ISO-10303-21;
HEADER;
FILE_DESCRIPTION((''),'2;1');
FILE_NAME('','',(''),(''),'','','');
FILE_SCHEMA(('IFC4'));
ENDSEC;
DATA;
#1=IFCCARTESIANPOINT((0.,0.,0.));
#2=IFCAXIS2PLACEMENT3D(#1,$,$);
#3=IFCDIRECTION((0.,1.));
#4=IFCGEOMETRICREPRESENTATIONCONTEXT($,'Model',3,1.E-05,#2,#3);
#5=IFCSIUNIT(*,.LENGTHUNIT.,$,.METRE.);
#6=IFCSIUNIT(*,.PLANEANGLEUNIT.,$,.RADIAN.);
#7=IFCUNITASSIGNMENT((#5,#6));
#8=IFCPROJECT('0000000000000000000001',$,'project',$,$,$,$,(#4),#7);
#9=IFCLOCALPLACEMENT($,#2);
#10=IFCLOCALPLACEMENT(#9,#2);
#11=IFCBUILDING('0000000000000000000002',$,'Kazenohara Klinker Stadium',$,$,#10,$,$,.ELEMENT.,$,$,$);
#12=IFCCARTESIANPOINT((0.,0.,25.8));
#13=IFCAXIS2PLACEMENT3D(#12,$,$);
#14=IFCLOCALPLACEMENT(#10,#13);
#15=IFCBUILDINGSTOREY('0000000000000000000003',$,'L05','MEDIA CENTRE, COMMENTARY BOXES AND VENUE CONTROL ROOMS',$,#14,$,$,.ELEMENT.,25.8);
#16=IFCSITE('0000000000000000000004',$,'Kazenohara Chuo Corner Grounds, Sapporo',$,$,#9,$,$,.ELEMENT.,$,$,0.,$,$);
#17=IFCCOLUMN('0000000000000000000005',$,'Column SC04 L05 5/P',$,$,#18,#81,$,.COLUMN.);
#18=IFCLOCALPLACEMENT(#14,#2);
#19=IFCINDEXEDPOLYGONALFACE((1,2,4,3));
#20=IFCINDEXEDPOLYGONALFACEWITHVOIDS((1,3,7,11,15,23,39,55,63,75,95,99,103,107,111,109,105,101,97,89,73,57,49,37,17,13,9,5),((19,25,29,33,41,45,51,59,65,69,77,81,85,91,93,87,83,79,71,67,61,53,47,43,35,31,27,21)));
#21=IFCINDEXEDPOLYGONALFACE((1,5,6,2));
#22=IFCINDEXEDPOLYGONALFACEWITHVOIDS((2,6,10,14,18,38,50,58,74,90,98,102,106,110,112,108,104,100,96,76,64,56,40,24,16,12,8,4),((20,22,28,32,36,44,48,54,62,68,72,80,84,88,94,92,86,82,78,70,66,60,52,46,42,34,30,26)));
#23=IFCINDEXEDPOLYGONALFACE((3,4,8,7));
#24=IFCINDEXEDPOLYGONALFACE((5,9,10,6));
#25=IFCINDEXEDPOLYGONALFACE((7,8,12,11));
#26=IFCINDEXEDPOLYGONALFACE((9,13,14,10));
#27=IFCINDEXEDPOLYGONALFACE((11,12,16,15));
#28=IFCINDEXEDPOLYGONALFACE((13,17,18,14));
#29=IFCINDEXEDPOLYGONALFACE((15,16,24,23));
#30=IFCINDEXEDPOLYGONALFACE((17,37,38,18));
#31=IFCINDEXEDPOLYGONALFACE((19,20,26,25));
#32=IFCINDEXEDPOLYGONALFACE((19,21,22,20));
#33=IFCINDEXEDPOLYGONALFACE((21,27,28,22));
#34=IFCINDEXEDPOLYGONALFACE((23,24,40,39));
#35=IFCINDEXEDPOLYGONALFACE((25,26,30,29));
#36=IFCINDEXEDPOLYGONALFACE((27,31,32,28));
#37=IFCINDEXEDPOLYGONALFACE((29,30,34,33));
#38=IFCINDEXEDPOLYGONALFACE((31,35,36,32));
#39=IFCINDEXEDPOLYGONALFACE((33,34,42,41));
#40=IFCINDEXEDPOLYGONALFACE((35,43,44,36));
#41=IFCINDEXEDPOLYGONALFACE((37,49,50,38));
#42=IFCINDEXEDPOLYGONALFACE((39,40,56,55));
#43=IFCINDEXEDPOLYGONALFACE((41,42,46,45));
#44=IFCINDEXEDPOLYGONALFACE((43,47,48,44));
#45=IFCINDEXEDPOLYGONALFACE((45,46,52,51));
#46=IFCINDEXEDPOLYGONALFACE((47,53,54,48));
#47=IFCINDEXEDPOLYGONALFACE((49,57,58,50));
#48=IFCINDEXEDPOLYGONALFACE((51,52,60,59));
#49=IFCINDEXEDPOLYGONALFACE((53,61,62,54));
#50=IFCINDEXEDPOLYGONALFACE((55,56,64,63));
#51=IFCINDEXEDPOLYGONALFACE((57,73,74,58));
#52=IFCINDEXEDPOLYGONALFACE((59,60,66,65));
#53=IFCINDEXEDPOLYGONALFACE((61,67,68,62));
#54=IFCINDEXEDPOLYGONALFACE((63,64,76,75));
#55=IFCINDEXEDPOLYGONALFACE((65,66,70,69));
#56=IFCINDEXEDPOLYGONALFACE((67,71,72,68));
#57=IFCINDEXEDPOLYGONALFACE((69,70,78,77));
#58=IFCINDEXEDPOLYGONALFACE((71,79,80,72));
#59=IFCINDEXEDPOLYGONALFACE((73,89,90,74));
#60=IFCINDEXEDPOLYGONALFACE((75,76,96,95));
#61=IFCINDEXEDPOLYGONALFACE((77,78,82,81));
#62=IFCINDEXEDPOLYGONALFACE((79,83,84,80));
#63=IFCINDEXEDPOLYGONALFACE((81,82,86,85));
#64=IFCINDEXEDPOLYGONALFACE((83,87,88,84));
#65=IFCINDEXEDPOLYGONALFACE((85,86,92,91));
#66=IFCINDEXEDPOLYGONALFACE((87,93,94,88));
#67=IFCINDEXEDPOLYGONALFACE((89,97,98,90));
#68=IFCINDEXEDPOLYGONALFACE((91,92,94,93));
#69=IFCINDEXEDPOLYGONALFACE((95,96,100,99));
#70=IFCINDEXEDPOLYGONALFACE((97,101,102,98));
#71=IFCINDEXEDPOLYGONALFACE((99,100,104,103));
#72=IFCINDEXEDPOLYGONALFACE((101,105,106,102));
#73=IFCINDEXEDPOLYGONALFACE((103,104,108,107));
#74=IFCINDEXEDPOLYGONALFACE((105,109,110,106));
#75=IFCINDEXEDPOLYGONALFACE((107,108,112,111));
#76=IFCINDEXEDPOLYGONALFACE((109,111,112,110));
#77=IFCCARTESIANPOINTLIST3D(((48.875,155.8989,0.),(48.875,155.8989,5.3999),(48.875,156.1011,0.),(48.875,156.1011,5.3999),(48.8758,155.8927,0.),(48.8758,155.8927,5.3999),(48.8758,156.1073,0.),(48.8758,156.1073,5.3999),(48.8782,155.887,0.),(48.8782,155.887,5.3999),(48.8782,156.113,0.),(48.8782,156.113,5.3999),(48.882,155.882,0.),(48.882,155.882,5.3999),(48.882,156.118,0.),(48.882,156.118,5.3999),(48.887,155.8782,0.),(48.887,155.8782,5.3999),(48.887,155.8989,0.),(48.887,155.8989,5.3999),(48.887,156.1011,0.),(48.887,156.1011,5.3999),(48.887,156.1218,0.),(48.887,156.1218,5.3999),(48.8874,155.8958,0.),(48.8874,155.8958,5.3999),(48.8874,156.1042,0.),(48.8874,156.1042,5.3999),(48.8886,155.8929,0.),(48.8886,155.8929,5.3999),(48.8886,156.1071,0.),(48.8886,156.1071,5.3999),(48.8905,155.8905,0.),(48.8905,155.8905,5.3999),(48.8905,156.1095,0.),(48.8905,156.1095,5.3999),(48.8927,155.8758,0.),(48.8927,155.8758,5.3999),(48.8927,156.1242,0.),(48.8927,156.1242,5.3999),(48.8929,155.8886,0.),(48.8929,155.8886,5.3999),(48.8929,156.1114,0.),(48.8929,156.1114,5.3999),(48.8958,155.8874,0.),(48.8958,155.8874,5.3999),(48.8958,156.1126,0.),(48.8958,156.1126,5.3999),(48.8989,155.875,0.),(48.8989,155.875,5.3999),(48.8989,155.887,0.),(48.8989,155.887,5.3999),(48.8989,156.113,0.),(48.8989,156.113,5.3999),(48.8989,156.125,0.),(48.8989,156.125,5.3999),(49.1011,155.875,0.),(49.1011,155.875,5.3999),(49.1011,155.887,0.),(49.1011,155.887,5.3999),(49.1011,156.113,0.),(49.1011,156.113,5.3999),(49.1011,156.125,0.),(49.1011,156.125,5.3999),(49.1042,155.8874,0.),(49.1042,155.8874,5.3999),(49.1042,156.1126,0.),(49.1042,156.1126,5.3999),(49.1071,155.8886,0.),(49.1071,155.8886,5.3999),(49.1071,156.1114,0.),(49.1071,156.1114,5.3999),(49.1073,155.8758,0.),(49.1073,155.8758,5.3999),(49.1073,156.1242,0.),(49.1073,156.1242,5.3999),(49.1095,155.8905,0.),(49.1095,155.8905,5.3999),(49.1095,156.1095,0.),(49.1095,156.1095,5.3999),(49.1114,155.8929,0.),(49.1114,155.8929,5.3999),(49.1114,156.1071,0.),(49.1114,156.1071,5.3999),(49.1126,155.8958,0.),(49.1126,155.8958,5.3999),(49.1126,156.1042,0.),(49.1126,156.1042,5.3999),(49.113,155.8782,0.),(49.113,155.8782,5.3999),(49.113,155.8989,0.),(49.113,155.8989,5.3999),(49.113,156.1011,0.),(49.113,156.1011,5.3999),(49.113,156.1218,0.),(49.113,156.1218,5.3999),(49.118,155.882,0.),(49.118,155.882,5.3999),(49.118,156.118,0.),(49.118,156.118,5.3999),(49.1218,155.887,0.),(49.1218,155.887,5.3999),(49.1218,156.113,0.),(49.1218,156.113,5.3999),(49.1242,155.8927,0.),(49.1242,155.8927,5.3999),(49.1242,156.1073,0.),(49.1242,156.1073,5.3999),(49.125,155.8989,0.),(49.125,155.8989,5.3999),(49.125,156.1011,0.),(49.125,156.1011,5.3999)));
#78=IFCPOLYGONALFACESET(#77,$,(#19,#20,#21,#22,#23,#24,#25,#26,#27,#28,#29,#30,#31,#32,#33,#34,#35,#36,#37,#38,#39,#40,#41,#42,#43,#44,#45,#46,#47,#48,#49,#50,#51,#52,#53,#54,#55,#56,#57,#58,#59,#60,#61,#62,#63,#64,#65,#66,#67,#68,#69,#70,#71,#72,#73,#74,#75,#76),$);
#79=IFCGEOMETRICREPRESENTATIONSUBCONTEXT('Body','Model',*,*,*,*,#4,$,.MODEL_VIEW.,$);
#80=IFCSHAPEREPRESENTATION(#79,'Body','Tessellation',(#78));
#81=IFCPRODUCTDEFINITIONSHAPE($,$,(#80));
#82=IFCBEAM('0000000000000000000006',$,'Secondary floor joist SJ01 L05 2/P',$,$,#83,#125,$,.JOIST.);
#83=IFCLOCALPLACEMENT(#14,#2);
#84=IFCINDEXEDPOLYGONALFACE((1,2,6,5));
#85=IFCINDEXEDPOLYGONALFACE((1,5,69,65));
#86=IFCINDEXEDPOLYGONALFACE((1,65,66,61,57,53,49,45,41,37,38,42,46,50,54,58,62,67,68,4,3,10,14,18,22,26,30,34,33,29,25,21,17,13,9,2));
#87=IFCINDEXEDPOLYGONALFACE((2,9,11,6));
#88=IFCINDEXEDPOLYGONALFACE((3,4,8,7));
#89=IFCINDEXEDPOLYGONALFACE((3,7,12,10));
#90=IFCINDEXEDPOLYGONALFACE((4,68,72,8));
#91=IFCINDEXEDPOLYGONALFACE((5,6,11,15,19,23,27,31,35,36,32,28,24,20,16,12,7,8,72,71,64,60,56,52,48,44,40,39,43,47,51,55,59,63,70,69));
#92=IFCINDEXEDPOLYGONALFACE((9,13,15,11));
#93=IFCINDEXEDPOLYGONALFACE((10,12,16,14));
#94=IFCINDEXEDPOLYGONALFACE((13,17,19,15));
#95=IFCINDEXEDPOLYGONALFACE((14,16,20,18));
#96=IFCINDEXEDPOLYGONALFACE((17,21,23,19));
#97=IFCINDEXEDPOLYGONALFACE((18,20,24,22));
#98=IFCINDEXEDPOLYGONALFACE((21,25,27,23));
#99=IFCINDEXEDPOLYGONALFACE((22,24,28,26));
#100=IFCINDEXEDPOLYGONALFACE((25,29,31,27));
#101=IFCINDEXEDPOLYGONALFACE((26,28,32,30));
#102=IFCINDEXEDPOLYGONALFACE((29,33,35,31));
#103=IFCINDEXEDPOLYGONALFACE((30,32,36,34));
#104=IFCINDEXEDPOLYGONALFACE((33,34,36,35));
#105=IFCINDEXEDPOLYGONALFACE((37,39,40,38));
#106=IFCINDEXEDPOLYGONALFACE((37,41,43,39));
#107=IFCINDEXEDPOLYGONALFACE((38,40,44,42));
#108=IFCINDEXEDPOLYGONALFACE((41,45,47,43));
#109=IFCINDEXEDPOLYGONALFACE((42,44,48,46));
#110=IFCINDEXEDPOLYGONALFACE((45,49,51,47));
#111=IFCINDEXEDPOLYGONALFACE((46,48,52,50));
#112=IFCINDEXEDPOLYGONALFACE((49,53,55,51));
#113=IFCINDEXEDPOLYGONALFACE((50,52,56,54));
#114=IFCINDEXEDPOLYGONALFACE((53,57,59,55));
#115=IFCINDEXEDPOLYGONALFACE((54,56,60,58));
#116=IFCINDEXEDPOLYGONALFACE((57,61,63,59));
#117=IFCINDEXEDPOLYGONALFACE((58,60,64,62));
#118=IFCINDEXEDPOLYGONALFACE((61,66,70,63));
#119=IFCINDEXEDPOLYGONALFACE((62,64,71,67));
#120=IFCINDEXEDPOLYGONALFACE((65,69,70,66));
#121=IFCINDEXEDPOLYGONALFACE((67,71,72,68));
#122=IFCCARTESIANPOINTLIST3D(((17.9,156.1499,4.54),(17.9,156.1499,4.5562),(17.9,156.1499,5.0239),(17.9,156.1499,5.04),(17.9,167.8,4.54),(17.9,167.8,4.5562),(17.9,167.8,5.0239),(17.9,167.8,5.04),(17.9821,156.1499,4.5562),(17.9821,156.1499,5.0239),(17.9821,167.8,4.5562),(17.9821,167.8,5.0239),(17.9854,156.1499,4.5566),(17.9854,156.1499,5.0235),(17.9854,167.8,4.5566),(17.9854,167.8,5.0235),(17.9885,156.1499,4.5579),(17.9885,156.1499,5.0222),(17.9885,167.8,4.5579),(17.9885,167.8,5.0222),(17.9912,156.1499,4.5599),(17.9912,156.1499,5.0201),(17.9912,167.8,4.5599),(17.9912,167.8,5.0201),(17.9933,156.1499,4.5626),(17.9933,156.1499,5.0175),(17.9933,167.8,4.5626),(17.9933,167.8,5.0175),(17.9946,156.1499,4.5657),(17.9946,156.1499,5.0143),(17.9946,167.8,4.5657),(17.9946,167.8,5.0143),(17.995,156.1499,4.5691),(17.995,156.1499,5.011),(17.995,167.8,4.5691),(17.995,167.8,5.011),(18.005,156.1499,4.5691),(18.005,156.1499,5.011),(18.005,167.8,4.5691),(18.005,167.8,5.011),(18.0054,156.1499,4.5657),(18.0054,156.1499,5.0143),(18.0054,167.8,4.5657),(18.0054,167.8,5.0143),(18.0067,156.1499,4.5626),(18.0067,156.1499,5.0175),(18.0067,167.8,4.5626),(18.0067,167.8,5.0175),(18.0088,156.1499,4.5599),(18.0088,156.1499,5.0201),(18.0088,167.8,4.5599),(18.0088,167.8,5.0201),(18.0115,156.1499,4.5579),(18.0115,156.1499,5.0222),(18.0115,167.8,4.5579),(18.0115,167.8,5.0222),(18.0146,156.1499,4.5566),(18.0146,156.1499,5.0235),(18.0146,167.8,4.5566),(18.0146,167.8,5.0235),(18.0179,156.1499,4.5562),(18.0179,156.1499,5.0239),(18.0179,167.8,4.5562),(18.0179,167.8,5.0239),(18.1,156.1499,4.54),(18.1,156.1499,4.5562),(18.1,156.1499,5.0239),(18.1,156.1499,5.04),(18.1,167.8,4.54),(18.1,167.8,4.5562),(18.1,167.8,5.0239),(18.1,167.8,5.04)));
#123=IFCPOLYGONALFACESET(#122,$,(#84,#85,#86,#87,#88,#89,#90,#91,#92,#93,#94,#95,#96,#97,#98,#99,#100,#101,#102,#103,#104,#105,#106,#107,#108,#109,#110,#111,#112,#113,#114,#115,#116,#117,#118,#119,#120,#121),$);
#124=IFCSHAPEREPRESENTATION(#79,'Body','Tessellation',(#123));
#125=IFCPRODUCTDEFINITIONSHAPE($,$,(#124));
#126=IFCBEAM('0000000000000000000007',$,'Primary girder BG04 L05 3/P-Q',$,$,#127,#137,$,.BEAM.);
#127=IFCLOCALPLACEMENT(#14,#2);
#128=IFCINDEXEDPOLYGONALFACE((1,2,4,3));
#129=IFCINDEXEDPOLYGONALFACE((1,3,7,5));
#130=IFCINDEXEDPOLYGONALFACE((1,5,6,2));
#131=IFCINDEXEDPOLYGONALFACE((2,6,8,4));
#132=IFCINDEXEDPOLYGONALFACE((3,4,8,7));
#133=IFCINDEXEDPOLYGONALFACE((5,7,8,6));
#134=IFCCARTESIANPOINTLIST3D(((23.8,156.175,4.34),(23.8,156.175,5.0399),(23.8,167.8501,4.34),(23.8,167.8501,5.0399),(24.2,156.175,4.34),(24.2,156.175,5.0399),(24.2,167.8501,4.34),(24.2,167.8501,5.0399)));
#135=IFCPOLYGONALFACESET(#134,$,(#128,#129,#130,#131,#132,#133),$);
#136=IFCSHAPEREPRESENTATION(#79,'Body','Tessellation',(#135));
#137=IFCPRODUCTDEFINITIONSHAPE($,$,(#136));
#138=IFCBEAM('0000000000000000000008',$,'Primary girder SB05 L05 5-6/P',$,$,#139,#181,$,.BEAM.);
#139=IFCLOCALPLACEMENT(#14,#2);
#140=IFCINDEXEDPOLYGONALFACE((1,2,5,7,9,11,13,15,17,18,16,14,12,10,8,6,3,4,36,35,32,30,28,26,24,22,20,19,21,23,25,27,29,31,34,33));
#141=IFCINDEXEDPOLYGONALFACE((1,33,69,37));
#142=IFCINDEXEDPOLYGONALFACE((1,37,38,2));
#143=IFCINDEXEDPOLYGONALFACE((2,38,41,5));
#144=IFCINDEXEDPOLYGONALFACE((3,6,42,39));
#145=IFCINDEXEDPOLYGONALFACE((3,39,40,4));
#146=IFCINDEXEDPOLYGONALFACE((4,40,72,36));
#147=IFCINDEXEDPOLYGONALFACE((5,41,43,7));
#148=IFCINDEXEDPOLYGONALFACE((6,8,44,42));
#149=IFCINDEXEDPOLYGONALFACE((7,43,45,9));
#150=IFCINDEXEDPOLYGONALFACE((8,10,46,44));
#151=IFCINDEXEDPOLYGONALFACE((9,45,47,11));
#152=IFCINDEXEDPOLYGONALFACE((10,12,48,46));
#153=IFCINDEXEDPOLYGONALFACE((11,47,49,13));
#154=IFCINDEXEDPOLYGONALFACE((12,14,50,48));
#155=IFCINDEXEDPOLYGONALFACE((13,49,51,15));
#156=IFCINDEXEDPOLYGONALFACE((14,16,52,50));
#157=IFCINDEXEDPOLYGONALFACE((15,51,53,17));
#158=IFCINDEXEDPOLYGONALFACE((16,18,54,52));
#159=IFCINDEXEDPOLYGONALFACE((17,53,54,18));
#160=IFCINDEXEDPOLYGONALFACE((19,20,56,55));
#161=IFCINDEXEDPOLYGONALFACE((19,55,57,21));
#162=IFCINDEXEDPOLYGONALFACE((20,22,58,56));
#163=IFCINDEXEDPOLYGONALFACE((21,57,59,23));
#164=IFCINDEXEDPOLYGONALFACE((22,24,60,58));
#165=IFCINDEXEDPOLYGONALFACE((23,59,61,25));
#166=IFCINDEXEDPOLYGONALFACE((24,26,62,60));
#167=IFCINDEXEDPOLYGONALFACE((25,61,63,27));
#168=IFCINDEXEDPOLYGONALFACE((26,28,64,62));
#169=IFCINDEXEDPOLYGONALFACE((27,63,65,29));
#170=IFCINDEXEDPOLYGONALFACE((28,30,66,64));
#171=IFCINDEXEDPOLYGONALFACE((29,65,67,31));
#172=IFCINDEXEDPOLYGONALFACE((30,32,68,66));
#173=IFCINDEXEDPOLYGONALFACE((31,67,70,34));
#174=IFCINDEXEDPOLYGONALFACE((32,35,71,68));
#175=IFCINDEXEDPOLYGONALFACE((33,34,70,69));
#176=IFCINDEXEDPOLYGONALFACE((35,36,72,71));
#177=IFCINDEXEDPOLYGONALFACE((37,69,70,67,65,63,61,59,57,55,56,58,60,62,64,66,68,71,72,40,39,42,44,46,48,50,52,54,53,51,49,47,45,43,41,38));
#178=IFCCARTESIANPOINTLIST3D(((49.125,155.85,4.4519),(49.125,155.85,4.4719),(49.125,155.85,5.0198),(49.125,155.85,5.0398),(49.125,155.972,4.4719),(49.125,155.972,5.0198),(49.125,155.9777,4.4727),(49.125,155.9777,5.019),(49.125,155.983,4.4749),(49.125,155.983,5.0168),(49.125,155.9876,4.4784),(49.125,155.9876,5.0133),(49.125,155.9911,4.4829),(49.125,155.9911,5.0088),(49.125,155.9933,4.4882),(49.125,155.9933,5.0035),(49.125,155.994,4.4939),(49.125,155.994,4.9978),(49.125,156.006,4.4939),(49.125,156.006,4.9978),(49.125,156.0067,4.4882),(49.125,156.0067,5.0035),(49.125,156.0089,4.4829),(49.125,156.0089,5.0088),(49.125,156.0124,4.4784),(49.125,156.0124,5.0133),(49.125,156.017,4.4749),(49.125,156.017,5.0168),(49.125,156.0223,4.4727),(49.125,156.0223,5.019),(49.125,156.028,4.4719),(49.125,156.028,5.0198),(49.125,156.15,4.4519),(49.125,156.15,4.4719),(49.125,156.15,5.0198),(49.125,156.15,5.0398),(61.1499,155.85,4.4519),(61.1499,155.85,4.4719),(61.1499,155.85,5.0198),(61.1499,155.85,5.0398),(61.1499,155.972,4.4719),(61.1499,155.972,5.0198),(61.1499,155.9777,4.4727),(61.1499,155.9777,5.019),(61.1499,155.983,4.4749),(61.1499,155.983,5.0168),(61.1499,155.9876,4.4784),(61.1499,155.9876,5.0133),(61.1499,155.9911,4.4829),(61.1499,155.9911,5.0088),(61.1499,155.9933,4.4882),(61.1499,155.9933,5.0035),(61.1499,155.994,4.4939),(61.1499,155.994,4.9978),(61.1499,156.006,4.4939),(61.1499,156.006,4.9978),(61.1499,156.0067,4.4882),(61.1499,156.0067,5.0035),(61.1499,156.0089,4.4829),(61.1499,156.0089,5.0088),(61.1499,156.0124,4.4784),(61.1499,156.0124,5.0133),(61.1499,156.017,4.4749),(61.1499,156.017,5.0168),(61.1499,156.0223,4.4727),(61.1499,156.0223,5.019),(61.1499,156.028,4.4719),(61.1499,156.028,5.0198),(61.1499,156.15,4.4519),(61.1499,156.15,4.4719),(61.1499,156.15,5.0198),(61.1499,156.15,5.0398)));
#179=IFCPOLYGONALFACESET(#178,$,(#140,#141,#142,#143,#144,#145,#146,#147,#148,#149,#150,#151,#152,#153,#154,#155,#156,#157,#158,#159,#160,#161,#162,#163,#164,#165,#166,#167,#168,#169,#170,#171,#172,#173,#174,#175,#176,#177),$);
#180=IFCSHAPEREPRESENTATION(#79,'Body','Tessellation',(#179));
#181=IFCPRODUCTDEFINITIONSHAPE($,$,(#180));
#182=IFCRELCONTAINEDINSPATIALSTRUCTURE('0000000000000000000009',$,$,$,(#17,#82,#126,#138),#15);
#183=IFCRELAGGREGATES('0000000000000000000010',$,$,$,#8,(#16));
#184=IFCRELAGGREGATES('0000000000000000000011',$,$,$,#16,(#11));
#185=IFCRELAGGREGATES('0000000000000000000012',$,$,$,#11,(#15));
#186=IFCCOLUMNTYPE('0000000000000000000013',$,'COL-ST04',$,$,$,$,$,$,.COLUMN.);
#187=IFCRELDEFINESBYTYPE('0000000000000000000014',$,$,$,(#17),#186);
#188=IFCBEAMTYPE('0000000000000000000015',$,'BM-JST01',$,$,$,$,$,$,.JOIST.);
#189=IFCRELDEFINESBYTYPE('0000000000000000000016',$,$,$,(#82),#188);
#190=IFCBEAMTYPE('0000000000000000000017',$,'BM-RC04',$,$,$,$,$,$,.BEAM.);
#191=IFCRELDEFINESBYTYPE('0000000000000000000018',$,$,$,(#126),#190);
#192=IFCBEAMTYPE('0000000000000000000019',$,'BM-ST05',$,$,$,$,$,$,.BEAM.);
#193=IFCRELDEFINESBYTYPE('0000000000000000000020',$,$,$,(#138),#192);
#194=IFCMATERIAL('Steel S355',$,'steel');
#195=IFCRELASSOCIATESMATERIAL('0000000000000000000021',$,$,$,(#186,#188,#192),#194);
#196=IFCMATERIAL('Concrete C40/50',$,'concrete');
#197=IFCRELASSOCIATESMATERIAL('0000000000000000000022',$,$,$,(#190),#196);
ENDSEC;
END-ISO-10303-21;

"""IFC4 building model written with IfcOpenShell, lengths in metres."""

from ifc_helpers import new_model, si_unit, direction, frame, origin, origin_2d, place, context, subcontext, project, spatial, rectangle, hollow_rectangle, i_section, extrude, material, material_profile, profile_set, type_object, element, save


model = new_model("IFC4")

# Units and contexts
model_context = context("Model", 3, precision=1e-05, world=origin(), true_north=direction((0.0, 1.0)))
body_context = subcontext(model_context, "Body", "Model", "MODEL_VIEW")
ifc_project = project(units=[si_unit("LENGTHUNIT", "METRE"), si_unit("PLANEANGLEUNIT", "RADIAN")], contexts=[model_context])

# Site, building, storey
site_placement = place(None, origin())
site = spatial("IfcSite", under=ifc_project, at=site_placement, Name="Kazenohara Chuo Corner Grounds, Sapporo", CompositionType="ELEMENT", RefElevation=0.0)
building_placement = place(site_placement, origin())
building = spatial("IfcBuilding", under=site, at=building_placement, Name="Kazenohara Klinker Stadium", CompositionType="ELEMENT")
storey_placement = place(building_placement, frame((0.0, 0.0, 25.8)))
storey = spatial("IfcBuildingStorey", under=building, at=storey_placement, Name="L05", Description="MEDIA CENTRE, COMMENTARY BOXES AND VENUE CONTROL ROOMS", CompositionType="ELEMENT", Elevation=25.8)

# Column
ifc_material_1 = material(Name="Concrete C40/50", Category="concrete")
ifc_material_2 = material(Name="Steel S355", Category="steel")
ifc_material_profile_1 = material_profile(ifc_material_2, hollow_rectangle(XDim=0.25, YDim=0.25, WallThickness=0.012, InnerFilletRadius=0.012, OuterFilletRadius=0.0239, at=origin_2d()), Name="SHS-250x250x12")
ifc_profile_set_1 = profile_set([ifc_material_profile_1], Name="Steel S355")
column_type_1 = type_object("IfcColumnType", Name="COL-ST04", PredefinedType="COLUMN", material=ifc_profile_set_1)
column_1_placement = place(storey_placement, frame((49.0, 156.0, 0.0), z_axis=(0.0, 0.0, 1.0), x_axis=(1.0, 0.0, 0.0)))
element("IfcColumn", 1, at=column_1_placement, inside=storey, type_object=column_type_1, Name="Column SC04 L05 5/P", PredefinedType="COLUMN", context=body_context, shape_type="SweptSolid", body=[
    extrude(hollow_rectangle(XDim=0.25, YDim=0.25, WallThickness=0.012, InnerFilletRadius=0.012, OuterFilletRadius=0.0239, at=origin_2d()), origin(), (0.0, 0.0, 1.0), 5.3999),
])

# Beams
ifc_material_profile_2 = material_profile(ifc_material_2, i_section(OverallWidth=0.2, OverallDepth=0.5, WebThickness=0.01, FlangeThickness=0.0161, FilletRadius=0.0129, at=origin_2d()), Name="H-500x200x10x16")
ifc_profile_set_2 = profile_set([ifc_material_profile_2], Name="Steel S355")
beam_type_1 = type_object("IfcBeamType", Name="BM-JST01", PredefinedType="JOIST", material=ifc_profile_set_2)
beam_1_placement = place(storey_placement, frame((18.0, 156.1499, 4.79), z_axis=(0.0, 1.0, 0.0), x_axis=(-1.0, 0.0, 0.0)))
element("IfcBeam", 2, at=beam_1_placement, inside=storey, type_object=beam_type_1, Name="Secondary floor joist SJ01 L05 2/P", PredefinedType="JOIST", context=body_context, shape_type="SweptSolid", body=[
    extrude(i_section(OverallWidth=0.2, OverallDepth=0.5, WebThickness=0.01, FlangeThickness=0.0161, FilletRadius=0.0129, at=origin_2d()), origin(), (0.0, 0.0, 1.0), 11.6501),
])
ifc_material_profile_3 = material_profile(ifc_material_1, rectangle(XDim=0.3999, YDim=0.7, at=origin_2d()), Name="RC-BM-400x700")
ifc_profile_set_3 = profile_set([ifc_material_profile_3], Name="Concrete C40/50")
beam_type_2 = type_object("IfcBeamType", Name="BM-RC04", PredefinedType="BEAM", material=ifc_profile_set_3)
beam_2_placement = place(storey_placement, frame((24.0, 156.175, 4.6899), z_axis=(0.0, 1.0, 0.0), x_axis=(-1.0, 0.0, 0.0)))
element("IfcBeam", 3, at=beam_2_placement, inside=storey, type_object=beam_type_2, Name="Primary girder BG04 L05 3/P-Q", PredefinedType="BEAM", context=body_context, shape_type="SweptSolid", body=[
    extrude(rectangle(XDim=0.3999, YDim=0.7, at=origin_2d()), origin(), (0.0, 0.0, 1.0), 11.675),
])
ifc_material_profile_4 = material_profile(ifc_material_2, i_section(OverallWidth=0.3, OverallDepth=0.5879, WebThickness=0.012, FlangeThickness=0.02, FilletRadius=0.022, at=origin_2d()), Name="H-588x300x12x20")
ifc_profile_set_4 = profile_set([ifc_material_profile_4], Name="Steel S355")
beam_type_3 = type_object("IfcBeamType", Name="BM-ST05", PredefinedType="BEAM", material=ifc_profile_set_4)
beam_3_placement = place(storey_placement, frame((49.125, 156.0, 4.7458), z_axis=(1.0, 0.0, 0.0), x_axis=(0.0, 1.0, 0.0)))
element("IfcBeam", 4, at=beam_3_placement, inside=storey, type_object=beam_type_3, Name="Primary girder SB05 L05 5-6/P", PredefinedType="BEAM", context=body_context, shape_type="SweptSolid", body=[
    extrude(i_section(OverallWidth=0.3, OverallDepth=0.5879, WebThickness=0.012, FlangeThickness=0.02, FilletRadius=0.022, at=origin_2d()), origin(), (0.0, 0.0, 1.0), 12.0249),
])

save(model, "model.ifc")
